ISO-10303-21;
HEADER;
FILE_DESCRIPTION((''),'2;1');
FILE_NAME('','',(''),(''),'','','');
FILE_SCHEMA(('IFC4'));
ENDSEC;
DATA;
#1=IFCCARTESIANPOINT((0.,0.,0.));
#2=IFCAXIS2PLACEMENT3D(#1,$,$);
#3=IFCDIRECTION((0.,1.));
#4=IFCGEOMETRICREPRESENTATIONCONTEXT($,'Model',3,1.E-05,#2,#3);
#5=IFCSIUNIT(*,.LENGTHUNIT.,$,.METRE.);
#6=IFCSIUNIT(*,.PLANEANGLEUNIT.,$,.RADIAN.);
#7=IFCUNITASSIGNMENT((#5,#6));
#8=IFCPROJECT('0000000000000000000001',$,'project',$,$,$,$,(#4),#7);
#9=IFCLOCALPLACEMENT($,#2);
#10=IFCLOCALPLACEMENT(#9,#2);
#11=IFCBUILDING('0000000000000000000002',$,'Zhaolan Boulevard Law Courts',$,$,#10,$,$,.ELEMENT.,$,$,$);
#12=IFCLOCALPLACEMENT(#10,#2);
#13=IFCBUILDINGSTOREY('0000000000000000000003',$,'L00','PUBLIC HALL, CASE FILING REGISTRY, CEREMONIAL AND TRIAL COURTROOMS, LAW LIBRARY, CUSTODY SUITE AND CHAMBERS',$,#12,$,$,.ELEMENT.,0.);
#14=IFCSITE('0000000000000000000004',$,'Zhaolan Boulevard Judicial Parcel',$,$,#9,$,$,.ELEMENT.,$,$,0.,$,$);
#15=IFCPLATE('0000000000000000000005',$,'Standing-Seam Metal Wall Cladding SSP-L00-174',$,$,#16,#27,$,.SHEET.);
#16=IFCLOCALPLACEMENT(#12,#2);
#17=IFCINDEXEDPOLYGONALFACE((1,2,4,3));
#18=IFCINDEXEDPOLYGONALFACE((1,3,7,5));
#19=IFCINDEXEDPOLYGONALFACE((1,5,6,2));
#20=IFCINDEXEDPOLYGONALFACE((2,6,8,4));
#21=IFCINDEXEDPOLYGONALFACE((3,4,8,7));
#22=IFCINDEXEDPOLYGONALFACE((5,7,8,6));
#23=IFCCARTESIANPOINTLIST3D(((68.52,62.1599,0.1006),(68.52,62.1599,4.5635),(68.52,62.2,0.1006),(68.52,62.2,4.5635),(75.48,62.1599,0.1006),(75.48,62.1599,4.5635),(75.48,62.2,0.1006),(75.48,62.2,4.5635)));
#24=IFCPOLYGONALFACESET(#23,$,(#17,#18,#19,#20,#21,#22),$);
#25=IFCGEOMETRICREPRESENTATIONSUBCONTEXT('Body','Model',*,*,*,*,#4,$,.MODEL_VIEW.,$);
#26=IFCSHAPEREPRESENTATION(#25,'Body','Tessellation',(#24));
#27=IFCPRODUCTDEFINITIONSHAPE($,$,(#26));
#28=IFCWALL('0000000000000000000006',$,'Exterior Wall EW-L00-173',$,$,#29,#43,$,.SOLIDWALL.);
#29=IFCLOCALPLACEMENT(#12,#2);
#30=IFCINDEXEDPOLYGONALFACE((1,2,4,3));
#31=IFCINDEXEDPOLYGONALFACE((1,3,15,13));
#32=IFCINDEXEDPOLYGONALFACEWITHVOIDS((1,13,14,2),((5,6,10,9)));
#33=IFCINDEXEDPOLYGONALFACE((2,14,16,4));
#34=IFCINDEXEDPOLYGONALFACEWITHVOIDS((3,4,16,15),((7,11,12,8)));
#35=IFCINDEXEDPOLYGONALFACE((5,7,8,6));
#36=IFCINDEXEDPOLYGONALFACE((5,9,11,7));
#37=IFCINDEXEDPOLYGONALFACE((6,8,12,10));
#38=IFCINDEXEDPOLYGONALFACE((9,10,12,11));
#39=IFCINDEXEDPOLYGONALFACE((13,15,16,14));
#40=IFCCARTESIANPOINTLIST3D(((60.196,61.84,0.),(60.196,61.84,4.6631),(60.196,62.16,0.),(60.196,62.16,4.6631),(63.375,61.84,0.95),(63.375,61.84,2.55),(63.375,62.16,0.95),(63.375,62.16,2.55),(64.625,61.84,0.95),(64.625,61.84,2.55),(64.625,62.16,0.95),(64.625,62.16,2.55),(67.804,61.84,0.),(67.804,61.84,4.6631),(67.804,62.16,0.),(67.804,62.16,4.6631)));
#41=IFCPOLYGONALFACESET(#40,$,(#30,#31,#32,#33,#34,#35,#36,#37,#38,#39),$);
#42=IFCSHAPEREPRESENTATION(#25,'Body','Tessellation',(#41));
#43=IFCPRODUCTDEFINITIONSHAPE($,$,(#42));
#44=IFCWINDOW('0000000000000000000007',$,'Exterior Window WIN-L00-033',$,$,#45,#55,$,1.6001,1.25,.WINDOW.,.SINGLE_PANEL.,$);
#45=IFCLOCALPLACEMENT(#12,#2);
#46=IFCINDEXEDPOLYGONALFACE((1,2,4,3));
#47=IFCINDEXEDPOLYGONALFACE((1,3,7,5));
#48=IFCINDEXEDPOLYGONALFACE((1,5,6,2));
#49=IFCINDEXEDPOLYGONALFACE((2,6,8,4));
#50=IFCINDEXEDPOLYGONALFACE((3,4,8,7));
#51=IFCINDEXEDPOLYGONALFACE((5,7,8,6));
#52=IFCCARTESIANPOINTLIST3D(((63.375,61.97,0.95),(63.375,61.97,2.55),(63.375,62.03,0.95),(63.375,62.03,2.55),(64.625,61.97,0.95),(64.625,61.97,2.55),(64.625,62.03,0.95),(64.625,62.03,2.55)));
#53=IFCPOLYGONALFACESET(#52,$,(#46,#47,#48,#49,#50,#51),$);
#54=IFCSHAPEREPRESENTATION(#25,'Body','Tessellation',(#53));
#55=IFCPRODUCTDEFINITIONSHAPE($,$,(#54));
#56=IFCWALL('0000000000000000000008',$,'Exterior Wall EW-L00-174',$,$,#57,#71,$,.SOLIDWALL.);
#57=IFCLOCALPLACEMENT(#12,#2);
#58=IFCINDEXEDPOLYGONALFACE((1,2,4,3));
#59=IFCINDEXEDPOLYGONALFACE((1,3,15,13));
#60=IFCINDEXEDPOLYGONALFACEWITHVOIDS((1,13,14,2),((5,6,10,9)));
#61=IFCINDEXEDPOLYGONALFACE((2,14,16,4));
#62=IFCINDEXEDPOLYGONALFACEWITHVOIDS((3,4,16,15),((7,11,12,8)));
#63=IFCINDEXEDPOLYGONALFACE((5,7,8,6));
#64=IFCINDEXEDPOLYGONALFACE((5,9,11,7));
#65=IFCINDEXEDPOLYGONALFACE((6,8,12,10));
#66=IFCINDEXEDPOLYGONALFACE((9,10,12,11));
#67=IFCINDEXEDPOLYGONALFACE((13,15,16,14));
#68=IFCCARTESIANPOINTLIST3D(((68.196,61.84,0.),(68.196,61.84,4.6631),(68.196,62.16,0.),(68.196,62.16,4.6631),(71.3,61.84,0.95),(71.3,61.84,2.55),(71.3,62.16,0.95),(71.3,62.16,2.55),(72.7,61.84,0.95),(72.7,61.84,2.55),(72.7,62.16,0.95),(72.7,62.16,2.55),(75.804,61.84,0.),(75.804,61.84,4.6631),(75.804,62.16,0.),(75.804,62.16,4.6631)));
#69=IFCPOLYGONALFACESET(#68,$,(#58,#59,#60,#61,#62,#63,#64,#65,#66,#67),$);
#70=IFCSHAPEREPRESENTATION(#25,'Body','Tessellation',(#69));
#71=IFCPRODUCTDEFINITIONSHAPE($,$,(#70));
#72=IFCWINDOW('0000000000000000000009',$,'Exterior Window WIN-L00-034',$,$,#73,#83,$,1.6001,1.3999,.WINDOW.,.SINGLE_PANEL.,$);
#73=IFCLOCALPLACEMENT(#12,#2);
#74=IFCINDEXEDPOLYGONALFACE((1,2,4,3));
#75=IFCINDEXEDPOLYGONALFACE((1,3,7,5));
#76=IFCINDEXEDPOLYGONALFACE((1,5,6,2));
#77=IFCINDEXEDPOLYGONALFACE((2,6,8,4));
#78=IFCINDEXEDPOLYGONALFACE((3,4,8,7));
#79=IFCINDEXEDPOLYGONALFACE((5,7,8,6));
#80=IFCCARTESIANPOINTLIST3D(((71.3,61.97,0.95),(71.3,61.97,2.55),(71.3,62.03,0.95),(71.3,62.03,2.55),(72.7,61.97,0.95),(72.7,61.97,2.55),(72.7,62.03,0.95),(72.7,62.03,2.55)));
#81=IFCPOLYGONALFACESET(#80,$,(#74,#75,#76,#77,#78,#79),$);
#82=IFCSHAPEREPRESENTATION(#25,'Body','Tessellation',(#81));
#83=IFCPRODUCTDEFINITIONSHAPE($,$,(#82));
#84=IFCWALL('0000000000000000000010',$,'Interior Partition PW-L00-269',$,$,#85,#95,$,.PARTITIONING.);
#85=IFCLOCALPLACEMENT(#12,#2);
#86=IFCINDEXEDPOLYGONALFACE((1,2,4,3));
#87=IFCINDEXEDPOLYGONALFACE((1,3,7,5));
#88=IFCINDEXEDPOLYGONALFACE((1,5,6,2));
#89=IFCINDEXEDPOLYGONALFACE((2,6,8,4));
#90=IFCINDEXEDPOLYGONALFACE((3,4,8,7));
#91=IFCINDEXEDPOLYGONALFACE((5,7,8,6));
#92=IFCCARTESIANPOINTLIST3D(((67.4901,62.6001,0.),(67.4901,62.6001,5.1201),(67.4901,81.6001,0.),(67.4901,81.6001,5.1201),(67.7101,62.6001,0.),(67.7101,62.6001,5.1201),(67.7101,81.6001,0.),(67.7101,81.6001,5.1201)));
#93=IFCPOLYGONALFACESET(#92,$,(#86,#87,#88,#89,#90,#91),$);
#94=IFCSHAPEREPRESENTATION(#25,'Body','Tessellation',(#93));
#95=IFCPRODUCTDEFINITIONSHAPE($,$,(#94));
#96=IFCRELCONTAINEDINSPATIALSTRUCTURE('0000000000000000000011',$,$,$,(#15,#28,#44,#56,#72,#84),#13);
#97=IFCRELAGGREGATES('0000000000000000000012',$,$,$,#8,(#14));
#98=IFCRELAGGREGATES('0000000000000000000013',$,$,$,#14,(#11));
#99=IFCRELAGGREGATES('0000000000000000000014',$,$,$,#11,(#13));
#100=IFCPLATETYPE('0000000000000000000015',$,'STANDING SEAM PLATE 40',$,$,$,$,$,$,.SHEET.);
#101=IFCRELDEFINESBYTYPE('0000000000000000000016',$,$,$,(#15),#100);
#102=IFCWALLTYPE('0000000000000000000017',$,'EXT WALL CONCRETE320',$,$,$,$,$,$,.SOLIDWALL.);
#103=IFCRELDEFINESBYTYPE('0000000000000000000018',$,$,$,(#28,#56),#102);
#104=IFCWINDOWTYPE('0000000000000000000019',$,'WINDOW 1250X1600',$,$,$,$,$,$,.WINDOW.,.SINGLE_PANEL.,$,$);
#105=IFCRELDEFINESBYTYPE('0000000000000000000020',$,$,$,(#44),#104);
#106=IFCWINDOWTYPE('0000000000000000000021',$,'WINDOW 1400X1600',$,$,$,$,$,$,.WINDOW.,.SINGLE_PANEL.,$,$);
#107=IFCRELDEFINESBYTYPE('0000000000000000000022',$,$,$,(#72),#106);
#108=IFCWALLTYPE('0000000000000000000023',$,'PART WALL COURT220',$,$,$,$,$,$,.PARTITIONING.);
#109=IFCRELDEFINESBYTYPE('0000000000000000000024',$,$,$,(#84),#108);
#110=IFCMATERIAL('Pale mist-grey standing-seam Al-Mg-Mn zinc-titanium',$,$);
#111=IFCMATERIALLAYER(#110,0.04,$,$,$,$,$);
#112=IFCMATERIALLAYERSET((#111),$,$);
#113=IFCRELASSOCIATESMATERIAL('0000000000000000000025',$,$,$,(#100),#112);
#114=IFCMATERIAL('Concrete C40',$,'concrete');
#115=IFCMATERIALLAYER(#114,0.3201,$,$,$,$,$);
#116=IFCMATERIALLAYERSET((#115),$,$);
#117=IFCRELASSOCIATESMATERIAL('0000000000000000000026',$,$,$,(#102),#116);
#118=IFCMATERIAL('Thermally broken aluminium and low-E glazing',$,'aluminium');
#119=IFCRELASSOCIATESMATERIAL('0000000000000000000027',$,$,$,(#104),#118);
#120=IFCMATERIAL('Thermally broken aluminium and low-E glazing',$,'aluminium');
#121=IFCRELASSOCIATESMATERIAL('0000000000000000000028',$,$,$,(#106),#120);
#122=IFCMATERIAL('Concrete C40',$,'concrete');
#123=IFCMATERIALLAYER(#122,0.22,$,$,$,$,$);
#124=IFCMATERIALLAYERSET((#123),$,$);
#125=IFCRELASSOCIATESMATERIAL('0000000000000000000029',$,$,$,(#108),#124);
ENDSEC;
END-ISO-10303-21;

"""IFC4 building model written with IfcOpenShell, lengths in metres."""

from ifc_helpers import new_model, si_unit, direction, frame, frame_2d, origin, origin_2d, place, context, subcontext, project, spatial, rectangle, extrude, material, layer, layer_set, type_object, element, fill, save


model = new_model("IFC4")

# Units and contexts
model_context = context("Model", 3, precision=1e-05, world=origin(), true_north=direction((0.0, 1.0)))
body_context = subcontext(model_context, "Body", "Model", "MODEL_VIEW")
ifc_project = project(units=[si_unit("LENGTHUNIT", "METRE"), si_unit("PLANEANGLEUNIT", "RADIAN")], contexts=[model_context])

# Site, building, storey
site_placement = place(None, origin())
site = spatial("IfcSite", under=ifc_project, at=site_placement, Name="Zhaolan Boulevard Judicial Parcel", CompositionType="ELEMENT", RefElevation=0.0)
building_placement = place(site_placement, origin())
building = spatial("IfcBuilding", under=site, at=building_placement, Name="Zhaolan Boulevard Law Courts", CompositionType="ELEMENT")
storey_placement = place(building_placement, origin())
storey = spatial("IfcBuildingStorey", under=building, at=storey_placement, Name="L00", Description="PUBLIC HALL, CASE FILING REGISTRY, CEREMONIAL AND TRIAL COURTROOMS, LAW LIBRARY, CUSTODY SUITE AND CHAMBERS", CompositionType="ELEMENT", Elevation=0.0)

# Plate
ifc_material_1 = material(Name="Pale mist-grey standing-seam Al-Mg-Mn zinc-titanium")
ifc_layer_1 = layer(ifc_material_1, 0.04)
ifc_layer_set_1 = layer_set([ifc_layer_1])
plate_type_1 = type_object("IfcPlateType", Name="STANDING SEAM PLATE 40", PredefinedType="SHEET", material=ifc_layer_set_1)
plate_1_placement = place(storey_placement, frame((72.0, 62.1799, 0.1006), z_axis=(0.0, 0.0, 1.0), x_axis=(1.0, 0.0, 0.0)))
element("IfcPlate", 1, at=plate_1_placement, inside=storey, type_object=plate_type_1, Name="Standing-Seam Metal Wall Cladding SSP-L00-174", PredefinedType="SHEET", context=body_context, shape_type="SweptSolid", body=[
    extrude(rectangle(XDim=6.96, YDim=0.04, at=origin_2d()), origin(), (0.0, 0.0, 1.0), 4.4629),
])

# Walls, openings, windows
ifc_material_2 = material(Name="Concrete C40", Category="concrete")
ifc_layer_2 = layer(ifc_material_2, 0.3201)
ifc_layer_set_2 = layer_set([ifc_layer_2])
wall_type_1 = type_object("IfcWallType", Name="EXT WALL CONCRETE320", PredefinedType="SOLIDWALL", material=ifc_layer_set_2)
wall_1_placement = place(storey_placement, frame((60.196, 62.0, 0.0), z_axis=(0.0, 0.0, 1.0), x_axis=(1.0, 0.0, 0.0)))
wall_1 = element("IfcWall", 2, at=wall_1_placement, inside=storey, type_object=wall_type_1, Name="Exterior Wall EW-L00-173", PredefinedType="SOLIDWALL", context=body_context, shape_type="SweptSolid", body=[
    extrude(rectangle(XDim=7.6079, YDim=0.3201, at=frame_2d((3.804, 0.0))), origin(), (0.0, 0.0, 1.0), 4.6631),
])
opening_1_placement = place(wall_1_placement, frame((3.179, 0.0, 0.95)))
opening_1 = element("IfcOpeningElement", 3, at=opening_1_placement, cuts=wall_1, PredefinedType="OPENING", context=body_context, shape_type="SweptSolid", body=[
    extrude(rectangle(XDim=1.25, YDim=1.6001, at=frame_2d((0.625, 0.8))), frame((0.0, 0.1699, 0.0), z_axis=(0.0, -1.0, 0.0), x_axis=(1.0, 0.0, 0.0)), (0.0, 0.0, 1.0), 0.3401),
])
ifc_material_3 = material(Name="Thermally broken aluminium and low-E glazing", Category="aluminium")
window_type_1 = type_object("IfcWindowType", Name="WINDOW 1250X1600", PartitioningType="SINGLE_PANEL", PredefinedType="WINDOW", material=ifc_material_3)
window_1_placement = place(opening_1_placement, origin())
window_1 = element("IfcWindow", 4, at=window_1_placement, inside=storey, type_object=window_type_1, Name="Exterior Window WIN-L00-033", OverallHeight=1.6001, OverallWidth=1.25, PartitioningType="SINGLE_PANEL", PredefinedType="WINDOW", context=body_context, shape_type="SweptSolid", body=[
    extrude(rectangle(XDim=1.25, YDim=1.6001, at=frame_2d((0.625, 0.8))), frame((0.0, 0.03, 0.0), z_axis=(0.0, -1.0, 0.0), x_axis=(1.0, 0.0, 0.0)), (0.0, 0.0, 1.0), 0.0601),
])
fill(opening_1, window_1)
wall_2_placement = place(storey_placement, frame((68.196, 62.0, 0.0), z_axis=(0.0, 0.0, 1.0), x_axis=(1.0, 0.0, 0.0)))
wall_2 = element("IfcWall", 5, at=wall_2_placement, inside=storey, type_object=wall_type_1, Name="Exterior Wall EW-L00-174", PredefinedType="SOLIDWALL", context=body_context, shape_type="SweptSolid", body=[
    extrude(rectangle(XDim=7.6079, YDim=0.3201, at=frame_2d((3.804, 0.0))), origin(), (0.0, 0.0, 1.0), 4.6631),
])
opening_2_placement = place(wall_2_placement, frame((3.104, 0.0, 0.95)))
opening_2 = element("IfcOpeningElement", 6, at=opening_2_placement, cuts=wall_2, PredefinedType="OPENING", context=body_context, shape_type="SweptSolid", body=[
    extrude(rectangle(XDim=1.3999, YDim=1.6001, at=frame_2d((0.7, 0.8))), frame((0.0, 0.1699, 0.0), z_axis=(0.0, -1.0, 0.0), x_axis=(1.0, 0.0, 0.0)), (0.0, 0.0, 1.0), 0.3401),
])
ifc_material_4 = material(Name="Thermally broken aluminium and low-E glazing", Category="aluminium")
window_type_2 = type_object("IfcWindowType", Name="WINDOW 1400X1600", PartitioningType="SINGLE_PANEL", PredefinedType="WINDOW", material=ifc_material_4)
window_2_placement = place(opening_2_placement, origin())
window_2 = element("IfcWindow", 7, at=window_2_placement, inside=storey, type_object=window_type_2, Name="Exterior Window WIN-L00-034", OverallHeight=1.6001, OverallWidth=1.3999, PartitioningType="SINGLE_PANEL", PredefinedType="WINDOW", context=body_context, shape_type="SweptSolid", body=[
    extrude(rectangle(XDim=1.3999, YDim=1.6001, at=frame_2d((0.7, 0.8))), frame((0.0, 0.03, 0.0), z_axis=(0.0, -1.0, 0.0), x_axis=(1.0, 0.0, 0.0)), (0.0, 0.0, 1.0), 0.0601),
])
fill(opening_2, window_2)

# Wall
ifc_material_5 = material(Name="Concrete C40", Category="concrete")
ifc_layer_3 = layer(ifc_material_5, 0.22)
ifc_layer_set_3 = layer_set([ifc_layer_3])
wall_type_2 = type_object("IfcWallType", Name="PART WALL COURT220", PredefinedType="PARTITIONING", material=ifc_layer_set_3)
wall_3_placement = place(storey_placement, frame((67.6001, 62.6001, 0.0), z_axis=(0.0, 0.0, 1.0), x_axis=(0.0, 1.0, 0.0)))
element("IfcWall", 8, at=wall_3_placement, inside=storey, type_object=wall_type_2, Name="Interior Partition PW-L00-269", PredefinedType="PARTITIONING", context=body_context, shape_type="SweptSolid", body=[
    extrude(rectangle(XDim=19.0, YDim=0.22, at=frame_2d((9.5, 0.0))), origin(), (0.0, 0.0, 1.0), 5.1201),
])

save(model, "model.ifc")
